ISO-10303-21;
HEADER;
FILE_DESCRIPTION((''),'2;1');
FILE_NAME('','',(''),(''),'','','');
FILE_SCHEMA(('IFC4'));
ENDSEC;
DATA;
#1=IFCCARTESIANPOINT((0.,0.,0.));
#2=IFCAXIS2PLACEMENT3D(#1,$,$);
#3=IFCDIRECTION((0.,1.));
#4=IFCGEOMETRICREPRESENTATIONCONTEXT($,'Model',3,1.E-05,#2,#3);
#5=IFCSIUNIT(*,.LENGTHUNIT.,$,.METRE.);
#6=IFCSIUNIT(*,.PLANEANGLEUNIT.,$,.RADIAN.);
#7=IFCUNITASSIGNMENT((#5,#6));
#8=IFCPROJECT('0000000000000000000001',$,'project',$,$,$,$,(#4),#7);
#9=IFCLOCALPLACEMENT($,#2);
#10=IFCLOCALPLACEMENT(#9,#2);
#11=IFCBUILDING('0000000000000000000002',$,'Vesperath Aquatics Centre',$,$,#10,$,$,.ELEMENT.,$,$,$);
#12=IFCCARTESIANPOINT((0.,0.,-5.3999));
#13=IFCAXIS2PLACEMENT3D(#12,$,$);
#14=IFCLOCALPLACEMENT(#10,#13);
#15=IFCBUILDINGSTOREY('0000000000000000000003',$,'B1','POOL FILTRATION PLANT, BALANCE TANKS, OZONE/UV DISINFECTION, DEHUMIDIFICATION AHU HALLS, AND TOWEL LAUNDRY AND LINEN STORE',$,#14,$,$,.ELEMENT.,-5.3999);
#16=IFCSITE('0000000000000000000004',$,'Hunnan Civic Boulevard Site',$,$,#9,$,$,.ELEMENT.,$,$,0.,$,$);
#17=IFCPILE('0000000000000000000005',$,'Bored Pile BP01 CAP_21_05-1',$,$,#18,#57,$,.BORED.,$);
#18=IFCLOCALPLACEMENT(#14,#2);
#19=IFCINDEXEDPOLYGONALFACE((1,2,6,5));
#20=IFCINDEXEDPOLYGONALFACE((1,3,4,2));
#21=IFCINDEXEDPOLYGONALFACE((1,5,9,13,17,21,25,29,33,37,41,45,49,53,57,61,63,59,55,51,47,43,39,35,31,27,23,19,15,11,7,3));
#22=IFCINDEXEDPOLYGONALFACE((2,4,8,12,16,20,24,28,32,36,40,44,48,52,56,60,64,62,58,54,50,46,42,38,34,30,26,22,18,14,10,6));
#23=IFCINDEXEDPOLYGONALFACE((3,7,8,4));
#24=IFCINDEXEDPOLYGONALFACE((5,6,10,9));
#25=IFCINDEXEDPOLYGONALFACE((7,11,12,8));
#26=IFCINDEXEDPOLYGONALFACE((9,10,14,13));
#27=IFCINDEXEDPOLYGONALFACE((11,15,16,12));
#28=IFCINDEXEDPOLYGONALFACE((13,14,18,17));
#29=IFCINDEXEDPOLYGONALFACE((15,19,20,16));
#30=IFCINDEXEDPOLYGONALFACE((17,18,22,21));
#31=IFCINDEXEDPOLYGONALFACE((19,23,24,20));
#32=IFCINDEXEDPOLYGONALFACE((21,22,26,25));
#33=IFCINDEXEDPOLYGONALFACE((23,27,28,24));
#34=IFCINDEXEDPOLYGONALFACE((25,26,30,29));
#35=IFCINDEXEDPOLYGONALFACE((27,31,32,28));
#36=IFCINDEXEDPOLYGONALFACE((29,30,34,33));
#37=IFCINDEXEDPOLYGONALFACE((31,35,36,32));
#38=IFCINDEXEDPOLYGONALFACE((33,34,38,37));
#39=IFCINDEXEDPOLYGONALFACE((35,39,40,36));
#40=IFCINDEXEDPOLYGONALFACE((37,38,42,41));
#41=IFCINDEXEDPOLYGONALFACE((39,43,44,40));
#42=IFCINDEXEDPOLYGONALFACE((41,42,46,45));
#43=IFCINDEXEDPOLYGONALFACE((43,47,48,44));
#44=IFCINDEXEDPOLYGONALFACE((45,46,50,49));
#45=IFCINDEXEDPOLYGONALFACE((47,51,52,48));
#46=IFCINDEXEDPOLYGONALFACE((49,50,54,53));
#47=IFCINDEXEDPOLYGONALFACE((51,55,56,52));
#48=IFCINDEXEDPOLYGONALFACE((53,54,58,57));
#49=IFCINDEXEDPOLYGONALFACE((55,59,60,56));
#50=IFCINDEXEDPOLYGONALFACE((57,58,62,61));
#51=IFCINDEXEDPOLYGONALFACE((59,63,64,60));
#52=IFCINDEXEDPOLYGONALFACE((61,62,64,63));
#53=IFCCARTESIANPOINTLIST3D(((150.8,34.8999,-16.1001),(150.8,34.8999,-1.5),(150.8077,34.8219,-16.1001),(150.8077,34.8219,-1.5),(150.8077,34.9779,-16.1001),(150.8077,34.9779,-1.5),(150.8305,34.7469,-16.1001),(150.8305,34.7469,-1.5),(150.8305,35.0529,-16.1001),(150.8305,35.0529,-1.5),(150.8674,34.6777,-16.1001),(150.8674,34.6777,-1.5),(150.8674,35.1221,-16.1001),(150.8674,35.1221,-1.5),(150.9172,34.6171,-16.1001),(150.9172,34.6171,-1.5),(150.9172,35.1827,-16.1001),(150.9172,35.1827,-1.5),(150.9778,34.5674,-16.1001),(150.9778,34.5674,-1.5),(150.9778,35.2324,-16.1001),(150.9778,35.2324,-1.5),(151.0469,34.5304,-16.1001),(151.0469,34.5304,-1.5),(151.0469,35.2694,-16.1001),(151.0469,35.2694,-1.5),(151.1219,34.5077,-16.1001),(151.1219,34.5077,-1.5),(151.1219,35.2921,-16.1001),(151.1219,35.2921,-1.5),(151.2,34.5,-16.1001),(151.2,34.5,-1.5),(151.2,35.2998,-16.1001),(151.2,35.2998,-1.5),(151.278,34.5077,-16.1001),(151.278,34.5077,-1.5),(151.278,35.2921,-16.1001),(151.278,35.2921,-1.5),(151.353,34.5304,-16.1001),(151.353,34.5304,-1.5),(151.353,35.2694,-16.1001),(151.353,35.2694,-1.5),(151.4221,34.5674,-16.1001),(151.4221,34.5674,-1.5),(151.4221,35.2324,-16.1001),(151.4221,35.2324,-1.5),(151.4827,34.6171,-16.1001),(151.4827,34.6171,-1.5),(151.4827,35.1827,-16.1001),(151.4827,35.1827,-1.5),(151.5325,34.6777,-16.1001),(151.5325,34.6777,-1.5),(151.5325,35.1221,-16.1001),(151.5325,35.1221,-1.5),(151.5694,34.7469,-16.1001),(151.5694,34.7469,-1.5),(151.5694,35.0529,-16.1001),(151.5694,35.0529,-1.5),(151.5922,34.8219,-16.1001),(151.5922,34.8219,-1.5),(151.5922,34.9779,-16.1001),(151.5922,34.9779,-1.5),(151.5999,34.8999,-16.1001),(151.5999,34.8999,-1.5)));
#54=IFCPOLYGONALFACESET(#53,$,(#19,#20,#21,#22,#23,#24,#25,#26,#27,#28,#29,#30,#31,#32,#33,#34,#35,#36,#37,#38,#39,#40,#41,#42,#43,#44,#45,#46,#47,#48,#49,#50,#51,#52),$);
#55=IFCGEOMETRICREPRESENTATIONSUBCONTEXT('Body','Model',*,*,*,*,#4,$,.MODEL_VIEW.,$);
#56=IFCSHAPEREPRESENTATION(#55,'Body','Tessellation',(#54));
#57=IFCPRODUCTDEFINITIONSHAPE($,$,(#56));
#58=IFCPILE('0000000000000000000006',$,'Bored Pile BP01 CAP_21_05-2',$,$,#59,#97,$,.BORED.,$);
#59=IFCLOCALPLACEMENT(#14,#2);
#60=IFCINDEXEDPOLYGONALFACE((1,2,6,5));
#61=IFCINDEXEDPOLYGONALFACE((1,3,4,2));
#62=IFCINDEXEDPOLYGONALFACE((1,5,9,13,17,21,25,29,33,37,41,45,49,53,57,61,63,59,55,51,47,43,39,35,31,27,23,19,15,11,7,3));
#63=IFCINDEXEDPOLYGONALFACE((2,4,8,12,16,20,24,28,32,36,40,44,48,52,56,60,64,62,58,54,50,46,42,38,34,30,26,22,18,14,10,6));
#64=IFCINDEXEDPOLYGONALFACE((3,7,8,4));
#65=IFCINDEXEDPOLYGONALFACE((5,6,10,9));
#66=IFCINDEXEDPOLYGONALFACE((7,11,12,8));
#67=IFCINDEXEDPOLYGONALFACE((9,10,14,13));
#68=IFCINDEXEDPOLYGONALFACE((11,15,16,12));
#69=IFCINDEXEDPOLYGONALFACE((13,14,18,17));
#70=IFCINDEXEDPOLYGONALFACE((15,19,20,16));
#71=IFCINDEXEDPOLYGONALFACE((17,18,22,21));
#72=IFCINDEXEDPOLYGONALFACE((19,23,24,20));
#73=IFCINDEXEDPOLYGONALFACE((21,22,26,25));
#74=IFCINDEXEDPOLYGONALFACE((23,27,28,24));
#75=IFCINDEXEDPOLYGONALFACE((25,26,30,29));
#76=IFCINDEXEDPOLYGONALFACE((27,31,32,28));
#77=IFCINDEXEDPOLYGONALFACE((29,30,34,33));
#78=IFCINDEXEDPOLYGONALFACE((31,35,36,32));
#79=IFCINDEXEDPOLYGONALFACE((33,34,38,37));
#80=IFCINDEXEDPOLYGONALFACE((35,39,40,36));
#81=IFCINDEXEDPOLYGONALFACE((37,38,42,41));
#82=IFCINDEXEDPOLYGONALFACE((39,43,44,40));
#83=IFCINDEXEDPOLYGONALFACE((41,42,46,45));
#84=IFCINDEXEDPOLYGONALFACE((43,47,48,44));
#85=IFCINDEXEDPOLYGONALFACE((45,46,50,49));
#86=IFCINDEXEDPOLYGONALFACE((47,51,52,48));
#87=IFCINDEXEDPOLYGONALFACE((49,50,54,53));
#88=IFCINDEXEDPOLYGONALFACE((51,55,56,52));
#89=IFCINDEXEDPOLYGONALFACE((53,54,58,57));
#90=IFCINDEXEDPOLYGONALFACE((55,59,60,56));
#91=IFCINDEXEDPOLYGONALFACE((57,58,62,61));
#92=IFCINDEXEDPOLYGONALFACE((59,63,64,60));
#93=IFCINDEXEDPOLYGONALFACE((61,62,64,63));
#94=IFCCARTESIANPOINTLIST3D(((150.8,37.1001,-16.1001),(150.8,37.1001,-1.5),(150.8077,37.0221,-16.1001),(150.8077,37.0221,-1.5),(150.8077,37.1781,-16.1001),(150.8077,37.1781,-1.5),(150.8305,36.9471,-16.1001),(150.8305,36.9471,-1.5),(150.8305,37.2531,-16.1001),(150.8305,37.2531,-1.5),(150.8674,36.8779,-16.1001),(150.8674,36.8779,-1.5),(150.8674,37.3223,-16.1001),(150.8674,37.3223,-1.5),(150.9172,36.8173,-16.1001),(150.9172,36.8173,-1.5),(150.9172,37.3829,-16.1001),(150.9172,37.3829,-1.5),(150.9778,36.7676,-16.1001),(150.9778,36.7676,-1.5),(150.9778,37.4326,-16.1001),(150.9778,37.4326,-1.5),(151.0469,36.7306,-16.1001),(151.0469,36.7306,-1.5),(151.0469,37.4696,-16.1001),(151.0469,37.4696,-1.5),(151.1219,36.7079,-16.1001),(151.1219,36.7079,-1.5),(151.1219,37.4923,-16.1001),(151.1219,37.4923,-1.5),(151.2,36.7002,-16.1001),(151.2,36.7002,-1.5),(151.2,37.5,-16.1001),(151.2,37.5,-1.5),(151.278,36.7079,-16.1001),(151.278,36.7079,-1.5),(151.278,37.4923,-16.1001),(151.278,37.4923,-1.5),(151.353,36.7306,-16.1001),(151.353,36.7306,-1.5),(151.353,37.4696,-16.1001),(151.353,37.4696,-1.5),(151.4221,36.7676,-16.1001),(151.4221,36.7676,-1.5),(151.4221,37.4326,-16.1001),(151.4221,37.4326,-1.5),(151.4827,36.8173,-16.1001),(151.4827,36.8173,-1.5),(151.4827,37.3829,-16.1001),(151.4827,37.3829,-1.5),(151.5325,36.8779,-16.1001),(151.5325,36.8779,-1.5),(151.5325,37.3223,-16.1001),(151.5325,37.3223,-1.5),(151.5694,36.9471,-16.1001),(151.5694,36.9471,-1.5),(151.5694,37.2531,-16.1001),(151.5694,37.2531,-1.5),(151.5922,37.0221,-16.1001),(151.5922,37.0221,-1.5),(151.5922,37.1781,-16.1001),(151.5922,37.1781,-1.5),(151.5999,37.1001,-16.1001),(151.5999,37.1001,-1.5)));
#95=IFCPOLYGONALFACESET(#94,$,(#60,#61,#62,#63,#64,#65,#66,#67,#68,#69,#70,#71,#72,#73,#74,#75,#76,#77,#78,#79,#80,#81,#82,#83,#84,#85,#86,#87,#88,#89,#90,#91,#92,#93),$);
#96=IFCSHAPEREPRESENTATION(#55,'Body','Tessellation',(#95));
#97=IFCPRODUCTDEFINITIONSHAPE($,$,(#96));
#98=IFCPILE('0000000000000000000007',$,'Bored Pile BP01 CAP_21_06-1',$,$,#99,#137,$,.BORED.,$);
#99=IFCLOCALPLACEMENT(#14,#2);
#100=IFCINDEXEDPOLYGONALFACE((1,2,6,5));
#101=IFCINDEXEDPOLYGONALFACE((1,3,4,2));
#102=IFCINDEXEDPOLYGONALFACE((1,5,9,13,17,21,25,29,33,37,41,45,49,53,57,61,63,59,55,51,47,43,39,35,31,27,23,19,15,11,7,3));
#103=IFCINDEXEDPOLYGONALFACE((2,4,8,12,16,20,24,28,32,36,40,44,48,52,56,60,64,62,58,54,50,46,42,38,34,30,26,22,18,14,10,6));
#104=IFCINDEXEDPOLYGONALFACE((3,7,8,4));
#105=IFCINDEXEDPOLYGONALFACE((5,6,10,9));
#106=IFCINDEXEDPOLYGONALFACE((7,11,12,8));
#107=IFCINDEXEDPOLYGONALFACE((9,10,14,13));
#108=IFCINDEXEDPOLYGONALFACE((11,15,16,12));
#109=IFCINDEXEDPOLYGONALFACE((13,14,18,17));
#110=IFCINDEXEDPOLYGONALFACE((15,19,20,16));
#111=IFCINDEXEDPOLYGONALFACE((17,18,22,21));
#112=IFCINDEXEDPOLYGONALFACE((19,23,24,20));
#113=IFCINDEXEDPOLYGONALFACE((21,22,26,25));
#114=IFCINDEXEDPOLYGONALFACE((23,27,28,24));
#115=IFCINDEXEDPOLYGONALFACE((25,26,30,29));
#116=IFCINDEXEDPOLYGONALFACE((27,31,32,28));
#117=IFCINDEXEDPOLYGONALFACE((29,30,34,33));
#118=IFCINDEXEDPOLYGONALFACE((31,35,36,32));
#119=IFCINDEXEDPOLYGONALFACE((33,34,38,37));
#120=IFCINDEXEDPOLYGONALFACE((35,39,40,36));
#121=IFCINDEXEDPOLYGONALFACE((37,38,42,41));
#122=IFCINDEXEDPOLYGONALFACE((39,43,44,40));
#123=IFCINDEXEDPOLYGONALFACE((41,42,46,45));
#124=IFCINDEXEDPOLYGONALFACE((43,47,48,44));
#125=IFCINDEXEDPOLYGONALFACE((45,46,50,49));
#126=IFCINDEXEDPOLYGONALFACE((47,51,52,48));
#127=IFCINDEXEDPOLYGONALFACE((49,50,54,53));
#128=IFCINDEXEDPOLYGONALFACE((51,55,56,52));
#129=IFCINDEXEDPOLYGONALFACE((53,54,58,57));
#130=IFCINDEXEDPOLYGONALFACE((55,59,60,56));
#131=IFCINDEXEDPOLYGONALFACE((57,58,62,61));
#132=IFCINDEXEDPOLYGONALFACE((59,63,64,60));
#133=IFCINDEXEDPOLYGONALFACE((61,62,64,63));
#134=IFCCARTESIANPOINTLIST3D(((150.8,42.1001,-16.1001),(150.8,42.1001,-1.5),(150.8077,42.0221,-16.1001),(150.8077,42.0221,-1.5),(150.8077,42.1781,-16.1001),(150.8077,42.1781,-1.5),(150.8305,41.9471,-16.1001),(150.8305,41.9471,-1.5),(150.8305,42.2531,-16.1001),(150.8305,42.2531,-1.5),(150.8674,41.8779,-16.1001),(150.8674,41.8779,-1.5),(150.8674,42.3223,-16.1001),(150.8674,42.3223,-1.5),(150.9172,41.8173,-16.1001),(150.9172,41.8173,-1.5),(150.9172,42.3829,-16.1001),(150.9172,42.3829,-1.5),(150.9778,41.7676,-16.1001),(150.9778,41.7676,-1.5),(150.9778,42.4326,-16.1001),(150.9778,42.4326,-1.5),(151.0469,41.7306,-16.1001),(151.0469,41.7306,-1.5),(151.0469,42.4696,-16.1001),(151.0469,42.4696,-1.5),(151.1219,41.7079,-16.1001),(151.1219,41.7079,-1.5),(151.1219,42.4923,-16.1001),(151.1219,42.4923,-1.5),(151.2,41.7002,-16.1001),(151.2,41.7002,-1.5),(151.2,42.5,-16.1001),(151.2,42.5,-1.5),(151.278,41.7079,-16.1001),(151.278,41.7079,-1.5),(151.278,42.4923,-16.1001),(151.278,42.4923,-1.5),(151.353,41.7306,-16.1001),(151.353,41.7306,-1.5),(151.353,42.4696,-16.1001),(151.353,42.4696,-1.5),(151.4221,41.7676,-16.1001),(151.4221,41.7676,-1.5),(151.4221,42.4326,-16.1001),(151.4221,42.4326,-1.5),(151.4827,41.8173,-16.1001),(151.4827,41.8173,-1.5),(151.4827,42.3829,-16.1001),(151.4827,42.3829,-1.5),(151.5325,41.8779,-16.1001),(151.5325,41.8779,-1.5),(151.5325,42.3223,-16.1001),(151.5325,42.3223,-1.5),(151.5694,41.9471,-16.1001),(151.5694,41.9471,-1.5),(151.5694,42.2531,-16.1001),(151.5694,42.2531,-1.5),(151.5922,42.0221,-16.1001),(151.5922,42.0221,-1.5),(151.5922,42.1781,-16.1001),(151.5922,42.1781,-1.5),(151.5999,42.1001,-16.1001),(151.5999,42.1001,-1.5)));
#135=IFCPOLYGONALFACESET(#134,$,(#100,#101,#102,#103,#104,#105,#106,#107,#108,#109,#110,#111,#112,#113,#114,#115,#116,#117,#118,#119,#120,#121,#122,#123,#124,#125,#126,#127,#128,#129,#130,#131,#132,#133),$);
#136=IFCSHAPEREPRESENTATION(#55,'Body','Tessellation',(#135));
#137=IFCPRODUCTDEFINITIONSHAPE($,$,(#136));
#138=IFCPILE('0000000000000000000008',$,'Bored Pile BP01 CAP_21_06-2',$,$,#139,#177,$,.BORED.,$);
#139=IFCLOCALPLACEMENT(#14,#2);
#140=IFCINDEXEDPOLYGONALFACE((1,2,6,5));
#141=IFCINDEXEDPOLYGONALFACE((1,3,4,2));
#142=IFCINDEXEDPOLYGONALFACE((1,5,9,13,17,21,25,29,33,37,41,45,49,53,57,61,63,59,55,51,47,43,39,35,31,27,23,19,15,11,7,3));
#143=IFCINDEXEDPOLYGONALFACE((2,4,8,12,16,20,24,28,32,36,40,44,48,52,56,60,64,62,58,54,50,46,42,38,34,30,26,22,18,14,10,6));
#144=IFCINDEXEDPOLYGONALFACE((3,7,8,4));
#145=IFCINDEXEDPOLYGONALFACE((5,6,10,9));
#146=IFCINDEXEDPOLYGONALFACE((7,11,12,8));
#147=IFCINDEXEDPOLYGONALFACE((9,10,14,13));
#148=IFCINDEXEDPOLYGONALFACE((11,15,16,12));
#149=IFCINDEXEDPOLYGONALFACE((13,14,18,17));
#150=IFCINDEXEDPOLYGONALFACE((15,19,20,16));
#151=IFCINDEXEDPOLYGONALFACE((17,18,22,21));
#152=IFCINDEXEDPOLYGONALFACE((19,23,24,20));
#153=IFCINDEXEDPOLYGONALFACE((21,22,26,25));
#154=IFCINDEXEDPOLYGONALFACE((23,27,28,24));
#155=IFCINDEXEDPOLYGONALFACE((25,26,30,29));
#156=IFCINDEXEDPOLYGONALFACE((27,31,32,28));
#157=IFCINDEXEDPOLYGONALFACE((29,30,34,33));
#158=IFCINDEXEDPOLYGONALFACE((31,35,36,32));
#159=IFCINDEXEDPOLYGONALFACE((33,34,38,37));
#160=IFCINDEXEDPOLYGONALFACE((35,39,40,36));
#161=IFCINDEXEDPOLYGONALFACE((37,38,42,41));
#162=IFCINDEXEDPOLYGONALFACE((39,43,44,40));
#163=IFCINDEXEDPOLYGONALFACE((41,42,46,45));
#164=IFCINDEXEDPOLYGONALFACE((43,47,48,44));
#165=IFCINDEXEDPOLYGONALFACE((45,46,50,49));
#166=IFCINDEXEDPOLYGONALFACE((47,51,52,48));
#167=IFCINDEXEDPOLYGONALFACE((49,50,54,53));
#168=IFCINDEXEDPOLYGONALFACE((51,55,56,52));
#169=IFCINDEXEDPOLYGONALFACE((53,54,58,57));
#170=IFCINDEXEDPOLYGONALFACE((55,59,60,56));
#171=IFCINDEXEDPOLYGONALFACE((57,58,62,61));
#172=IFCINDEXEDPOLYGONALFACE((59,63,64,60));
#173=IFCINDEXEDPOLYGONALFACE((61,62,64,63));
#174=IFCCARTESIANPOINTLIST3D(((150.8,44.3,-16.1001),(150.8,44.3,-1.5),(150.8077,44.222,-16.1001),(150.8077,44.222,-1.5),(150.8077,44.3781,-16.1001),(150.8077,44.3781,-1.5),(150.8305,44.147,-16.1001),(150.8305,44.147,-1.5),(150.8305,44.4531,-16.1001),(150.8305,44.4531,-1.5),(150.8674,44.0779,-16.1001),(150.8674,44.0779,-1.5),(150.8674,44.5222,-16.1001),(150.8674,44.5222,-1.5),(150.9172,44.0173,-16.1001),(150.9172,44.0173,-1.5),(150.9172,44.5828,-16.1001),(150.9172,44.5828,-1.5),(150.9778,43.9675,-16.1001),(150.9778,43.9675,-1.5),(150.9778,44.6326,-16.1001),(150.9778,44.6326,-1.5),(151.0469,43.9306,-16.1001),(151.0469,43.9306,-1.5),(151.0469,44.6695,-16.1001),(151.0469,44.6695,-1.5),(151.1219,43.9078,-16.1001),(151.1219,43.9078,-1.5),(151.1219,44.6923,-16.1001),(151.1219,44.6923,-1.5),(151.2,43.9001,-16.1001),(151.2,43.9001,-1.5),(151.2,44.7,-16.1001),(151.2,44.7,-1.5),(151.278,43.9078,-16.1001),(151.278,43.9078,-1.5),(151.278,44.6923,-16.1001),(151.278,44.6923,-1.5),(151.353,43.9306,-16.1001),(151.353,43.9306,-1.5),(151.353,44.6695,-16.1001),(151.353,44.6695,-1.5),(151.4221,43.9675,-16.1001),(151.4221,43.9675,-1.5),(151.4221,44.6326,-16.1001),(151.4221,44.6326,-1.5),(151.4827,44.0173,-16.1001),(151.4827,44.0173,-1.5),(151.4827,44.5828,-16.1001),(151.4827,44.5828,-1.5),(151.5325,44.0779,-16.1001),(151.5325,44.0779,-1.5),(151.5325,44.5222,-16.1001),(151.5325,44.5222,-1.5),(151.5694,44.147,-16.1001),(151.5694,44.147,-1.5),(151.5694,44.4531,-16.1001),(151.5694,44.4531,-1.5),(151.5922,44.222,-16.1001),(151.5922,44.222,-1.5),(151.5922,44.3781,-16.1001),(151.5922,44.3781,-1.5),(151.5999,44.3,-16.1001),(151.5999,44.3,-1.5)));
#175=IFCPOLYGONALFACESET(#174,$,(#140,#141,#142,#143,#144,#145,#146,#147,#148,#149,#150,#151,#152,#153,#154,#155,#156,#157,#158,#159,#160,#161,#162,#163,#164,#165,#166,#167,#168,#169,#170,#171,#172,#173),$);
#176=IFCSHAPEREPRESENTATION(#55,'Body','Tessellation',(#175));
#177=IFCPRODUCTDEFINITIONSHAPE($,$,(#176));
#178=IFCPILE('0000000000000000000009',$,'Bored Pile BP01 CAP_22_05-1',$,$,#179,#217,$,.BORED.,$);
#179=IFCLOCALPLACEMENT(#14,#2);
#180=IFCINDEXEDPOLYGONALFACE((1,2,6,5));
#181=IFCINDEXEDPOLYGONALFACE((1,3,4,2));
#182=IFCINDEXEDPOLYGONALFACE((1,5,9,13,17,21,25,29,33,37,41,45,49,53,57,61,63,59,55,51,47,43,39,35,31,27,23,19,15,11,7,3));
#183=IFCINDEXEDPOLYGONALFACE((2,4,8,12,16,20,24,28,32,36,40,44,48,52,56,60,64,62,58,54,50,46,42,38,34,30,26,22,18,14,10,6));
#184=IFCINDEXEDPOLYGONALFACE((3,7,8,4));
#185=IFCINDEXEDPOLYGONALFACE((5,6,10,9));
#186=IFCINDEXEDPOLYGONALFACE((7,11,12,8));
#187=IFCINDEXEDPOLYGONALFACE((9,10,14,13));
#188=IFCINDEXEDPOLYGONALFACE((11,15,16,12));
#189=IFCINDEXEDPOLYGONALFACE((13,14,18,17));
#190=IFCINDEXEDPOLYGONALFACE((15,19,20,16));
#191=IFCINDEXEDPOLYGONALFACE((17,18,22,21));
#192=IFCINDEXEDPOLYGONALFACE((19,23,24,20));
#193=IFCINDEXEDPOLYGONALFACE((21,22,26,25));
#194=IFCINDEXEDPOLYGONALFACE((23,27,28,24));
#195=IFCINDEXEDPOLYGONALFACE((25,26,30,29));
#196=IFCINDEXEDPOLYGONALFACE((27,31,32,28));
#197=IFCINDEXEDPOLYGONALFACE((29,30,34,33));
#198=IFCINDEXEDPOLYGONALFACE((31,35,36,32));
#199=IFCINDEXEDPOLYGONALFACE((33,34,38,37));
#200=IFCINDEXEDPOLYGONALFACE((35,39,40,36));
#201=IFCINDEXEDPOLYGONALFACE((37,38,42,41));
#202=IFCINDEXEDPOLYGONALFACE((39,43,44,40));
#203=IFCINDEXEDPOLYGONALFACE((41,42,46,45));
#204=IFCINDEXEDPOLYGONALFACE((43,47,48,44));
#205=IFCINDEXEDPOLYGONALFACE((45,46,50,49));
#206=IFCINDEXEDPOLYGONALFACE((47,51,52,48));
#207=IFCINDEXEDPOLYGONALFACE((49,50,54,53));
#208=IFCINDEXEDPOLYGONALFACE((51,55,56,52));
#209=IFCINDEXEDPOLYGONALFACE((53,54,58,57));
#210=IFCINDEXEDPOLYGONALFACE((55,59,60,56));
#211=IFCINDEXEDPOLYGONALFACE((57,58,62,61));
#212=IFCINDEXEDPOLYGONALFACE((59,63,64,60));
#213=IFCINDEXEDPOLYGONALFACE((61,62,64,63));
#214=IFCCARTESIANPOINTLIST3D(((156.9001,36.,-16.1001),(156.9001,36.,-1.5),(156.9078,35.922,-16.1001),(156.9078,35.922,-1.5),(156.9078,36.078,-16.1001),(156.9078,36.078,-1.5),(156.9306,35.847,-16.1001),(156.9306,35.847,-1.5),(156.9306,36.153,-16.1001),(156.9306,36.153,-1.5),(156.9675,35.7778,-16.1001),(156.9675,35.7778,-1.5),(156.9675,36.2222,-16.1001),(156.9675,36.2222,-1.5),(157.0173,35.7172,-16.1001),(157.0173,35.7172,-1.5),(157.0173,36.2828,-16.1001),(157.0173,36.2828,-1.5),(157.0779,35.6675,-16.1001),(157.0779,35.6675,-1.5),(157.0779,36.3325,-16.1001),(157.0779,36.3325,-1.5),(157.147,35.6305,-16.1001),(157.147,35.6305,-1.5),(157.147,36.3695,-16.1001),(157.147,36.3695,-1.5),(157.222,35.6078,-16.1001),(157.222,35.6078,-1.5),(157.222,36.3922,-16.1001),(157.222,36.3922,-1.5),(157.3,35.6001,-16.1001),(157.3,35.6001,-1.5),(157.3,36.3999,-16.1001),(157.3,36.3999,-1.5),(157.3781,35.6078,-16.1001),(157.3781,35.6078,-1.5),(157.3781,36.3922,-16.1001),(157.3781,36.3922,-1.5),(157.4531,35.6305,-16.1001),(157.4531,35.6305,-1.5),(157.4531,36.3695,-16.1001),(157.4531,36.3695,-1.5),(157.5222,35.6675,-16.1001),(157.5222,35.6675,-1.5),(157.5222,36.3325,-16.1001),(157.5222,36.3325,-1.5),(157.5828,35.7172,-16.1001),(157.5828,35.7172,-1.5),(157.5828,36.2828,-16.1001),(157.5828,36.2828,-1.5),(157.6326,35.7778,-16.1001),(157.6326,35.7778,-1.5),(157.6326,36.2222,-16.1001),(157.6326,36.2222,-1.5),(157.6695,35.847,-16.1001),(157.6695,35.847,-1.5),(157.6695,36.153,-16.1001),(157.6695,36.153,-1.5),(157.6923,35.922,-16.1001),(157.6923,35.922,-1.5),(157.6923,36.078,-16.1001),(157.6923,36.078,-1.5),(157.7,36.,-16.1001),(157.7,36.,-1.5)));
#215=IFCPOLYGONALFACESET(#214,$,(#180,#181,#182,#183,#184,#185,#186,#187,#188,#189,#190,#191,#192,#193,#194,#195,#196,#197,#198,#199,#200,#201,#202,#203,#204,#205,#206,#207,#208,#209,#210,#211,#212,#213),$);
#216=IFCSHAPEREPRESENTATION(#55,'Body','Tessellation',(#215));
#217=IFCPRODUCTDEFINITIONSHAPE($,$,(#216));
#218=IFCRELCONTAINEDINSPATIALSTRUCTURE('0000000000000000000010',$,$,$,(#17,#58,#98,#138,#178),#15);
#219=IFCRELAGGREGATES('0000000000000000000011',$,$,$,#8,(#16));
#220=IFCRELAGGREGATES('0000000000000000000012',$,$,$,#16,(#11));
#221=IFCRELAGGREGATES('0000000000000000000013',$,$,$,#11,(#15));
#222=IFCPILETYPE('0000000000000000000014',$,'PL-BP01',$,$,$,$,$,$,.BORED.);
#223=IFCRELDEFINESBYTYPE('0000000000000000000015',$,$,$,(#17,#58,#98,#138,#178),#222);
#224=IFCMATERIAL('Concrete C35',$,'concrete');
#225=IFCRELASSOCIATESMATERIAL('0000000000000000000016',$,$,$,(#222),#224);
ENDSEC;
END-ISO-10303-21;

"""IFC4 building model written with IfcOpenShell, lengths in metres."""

from ifc_helpers import new_model, si_unit, direction, frame, origin, origin_2d, place, context, subcontext, project, spatial, circle, extrude, material, material_profile, profile_set, type_object, element, save


model = new_model("IFC4")

# Units and contexts
model_context = context("Model", 3, precision=1e-05, world=origin(), true_north=direction((0.0, 1.0)))
body_context = subcontext(model_context, "Body", "Model", "MODEL_VIEW")
ifc_project = project(units=[si_unit("LENGTHUNIT", "METRE"), si_unit("PLANEANGLEUNIT", "RADIAN")], contexts=[model_context])

# Site, building, storey
site_placement = place(None, origin())
site = spatial("IfcSite", under=ifc_project, at=site_placement, Name="Hunnan Civic Boulevard Site", CompositionType="ELEMENT", RefElevation=0.0)
building_placement = place(site_placement, origin())
building = spatial("IfcBuilding", under=site, at=building_placement, Name="Vesperath Aquatics Centre", CompositionType="ELEMENT")
storey_placement = place(building_placement, frame((0.0, 0.0, -5.3999)))
storey = spatial("IfcBuildingStorey", under=building, at=storey_placement, Name="B1", Description="POOL FILTRATION PLANT, BALANCE TANKS, OZONE/UV DISINFECTION, DEHUMIDIFICATION AHU HALLS, AND TOWEL LAUNDRY AND LINEN STORE", CompositionType="ELEMENT", Elevation=-5.3999)

# Piles
ifc_material_1 = material(Name="Concrete C35", Category="concrete")
ifc_material_profile_1 = material_profile(ifc_material_1, circle(Radius=0.3999, at=origin_2d()), Name="PILE D800")
ifc_profile_set_1 = profile_set([ifc_material_profile_1], Name="Concrete C35")
pile_type = type_object("IfcPileType", Name="PL-BP01", PredefinedType="BORED", material=ifc_profile_set_1)
for number, where, z_axis, x_axis, name in (
    (1, (151.2, 34.8999, -1.5), (0.0, 0.0, -1.0), (1.0, 0.0, 0.0), "Bored Pile BP01 CAP_21_05-1"),
    (2, (151.2, 37.1001, -1.5), (0.0, 0.0, -1.0), (1.0, 0.0, 0.0), "Bored Pile BP01 CAP_21_05-2"),
    (3, (151.2, 42.1001, -1.5), (0.0, 0.0, -1.0), (1.0, 0.0, 0.0), "Bored Pile BP01 CAP_21_06-1"),
    (4, (151.2, 44.3, -1.5), (0.0, 0.0, -1.0), (1.0, 0.0, 0.0), "Bored Pile BP01 CAP_21_06-2"),
    (5, (157.3, 36.0, -1.5), (0.0, 0.0, -1.0), (1.0, 0.0, 0.0), "Bored Pile BP01 CAP_22_05-1"),
):
    element("IfcPile", number, at=place(storey_placement, frame(where, z_axis=z_axis, x_axis=x_axis)), inside=storey, type_object=pile_type, Name=name, PredefinedType="BORED", context=body_context, shape_type="SweptSolid", body=[
        extrude(circle(Radius=0.3999, at=origin_2d()), origin(), (0.0, 0.0, 1.0), 14.6001),
    ])

save(model, "model.ifc")
